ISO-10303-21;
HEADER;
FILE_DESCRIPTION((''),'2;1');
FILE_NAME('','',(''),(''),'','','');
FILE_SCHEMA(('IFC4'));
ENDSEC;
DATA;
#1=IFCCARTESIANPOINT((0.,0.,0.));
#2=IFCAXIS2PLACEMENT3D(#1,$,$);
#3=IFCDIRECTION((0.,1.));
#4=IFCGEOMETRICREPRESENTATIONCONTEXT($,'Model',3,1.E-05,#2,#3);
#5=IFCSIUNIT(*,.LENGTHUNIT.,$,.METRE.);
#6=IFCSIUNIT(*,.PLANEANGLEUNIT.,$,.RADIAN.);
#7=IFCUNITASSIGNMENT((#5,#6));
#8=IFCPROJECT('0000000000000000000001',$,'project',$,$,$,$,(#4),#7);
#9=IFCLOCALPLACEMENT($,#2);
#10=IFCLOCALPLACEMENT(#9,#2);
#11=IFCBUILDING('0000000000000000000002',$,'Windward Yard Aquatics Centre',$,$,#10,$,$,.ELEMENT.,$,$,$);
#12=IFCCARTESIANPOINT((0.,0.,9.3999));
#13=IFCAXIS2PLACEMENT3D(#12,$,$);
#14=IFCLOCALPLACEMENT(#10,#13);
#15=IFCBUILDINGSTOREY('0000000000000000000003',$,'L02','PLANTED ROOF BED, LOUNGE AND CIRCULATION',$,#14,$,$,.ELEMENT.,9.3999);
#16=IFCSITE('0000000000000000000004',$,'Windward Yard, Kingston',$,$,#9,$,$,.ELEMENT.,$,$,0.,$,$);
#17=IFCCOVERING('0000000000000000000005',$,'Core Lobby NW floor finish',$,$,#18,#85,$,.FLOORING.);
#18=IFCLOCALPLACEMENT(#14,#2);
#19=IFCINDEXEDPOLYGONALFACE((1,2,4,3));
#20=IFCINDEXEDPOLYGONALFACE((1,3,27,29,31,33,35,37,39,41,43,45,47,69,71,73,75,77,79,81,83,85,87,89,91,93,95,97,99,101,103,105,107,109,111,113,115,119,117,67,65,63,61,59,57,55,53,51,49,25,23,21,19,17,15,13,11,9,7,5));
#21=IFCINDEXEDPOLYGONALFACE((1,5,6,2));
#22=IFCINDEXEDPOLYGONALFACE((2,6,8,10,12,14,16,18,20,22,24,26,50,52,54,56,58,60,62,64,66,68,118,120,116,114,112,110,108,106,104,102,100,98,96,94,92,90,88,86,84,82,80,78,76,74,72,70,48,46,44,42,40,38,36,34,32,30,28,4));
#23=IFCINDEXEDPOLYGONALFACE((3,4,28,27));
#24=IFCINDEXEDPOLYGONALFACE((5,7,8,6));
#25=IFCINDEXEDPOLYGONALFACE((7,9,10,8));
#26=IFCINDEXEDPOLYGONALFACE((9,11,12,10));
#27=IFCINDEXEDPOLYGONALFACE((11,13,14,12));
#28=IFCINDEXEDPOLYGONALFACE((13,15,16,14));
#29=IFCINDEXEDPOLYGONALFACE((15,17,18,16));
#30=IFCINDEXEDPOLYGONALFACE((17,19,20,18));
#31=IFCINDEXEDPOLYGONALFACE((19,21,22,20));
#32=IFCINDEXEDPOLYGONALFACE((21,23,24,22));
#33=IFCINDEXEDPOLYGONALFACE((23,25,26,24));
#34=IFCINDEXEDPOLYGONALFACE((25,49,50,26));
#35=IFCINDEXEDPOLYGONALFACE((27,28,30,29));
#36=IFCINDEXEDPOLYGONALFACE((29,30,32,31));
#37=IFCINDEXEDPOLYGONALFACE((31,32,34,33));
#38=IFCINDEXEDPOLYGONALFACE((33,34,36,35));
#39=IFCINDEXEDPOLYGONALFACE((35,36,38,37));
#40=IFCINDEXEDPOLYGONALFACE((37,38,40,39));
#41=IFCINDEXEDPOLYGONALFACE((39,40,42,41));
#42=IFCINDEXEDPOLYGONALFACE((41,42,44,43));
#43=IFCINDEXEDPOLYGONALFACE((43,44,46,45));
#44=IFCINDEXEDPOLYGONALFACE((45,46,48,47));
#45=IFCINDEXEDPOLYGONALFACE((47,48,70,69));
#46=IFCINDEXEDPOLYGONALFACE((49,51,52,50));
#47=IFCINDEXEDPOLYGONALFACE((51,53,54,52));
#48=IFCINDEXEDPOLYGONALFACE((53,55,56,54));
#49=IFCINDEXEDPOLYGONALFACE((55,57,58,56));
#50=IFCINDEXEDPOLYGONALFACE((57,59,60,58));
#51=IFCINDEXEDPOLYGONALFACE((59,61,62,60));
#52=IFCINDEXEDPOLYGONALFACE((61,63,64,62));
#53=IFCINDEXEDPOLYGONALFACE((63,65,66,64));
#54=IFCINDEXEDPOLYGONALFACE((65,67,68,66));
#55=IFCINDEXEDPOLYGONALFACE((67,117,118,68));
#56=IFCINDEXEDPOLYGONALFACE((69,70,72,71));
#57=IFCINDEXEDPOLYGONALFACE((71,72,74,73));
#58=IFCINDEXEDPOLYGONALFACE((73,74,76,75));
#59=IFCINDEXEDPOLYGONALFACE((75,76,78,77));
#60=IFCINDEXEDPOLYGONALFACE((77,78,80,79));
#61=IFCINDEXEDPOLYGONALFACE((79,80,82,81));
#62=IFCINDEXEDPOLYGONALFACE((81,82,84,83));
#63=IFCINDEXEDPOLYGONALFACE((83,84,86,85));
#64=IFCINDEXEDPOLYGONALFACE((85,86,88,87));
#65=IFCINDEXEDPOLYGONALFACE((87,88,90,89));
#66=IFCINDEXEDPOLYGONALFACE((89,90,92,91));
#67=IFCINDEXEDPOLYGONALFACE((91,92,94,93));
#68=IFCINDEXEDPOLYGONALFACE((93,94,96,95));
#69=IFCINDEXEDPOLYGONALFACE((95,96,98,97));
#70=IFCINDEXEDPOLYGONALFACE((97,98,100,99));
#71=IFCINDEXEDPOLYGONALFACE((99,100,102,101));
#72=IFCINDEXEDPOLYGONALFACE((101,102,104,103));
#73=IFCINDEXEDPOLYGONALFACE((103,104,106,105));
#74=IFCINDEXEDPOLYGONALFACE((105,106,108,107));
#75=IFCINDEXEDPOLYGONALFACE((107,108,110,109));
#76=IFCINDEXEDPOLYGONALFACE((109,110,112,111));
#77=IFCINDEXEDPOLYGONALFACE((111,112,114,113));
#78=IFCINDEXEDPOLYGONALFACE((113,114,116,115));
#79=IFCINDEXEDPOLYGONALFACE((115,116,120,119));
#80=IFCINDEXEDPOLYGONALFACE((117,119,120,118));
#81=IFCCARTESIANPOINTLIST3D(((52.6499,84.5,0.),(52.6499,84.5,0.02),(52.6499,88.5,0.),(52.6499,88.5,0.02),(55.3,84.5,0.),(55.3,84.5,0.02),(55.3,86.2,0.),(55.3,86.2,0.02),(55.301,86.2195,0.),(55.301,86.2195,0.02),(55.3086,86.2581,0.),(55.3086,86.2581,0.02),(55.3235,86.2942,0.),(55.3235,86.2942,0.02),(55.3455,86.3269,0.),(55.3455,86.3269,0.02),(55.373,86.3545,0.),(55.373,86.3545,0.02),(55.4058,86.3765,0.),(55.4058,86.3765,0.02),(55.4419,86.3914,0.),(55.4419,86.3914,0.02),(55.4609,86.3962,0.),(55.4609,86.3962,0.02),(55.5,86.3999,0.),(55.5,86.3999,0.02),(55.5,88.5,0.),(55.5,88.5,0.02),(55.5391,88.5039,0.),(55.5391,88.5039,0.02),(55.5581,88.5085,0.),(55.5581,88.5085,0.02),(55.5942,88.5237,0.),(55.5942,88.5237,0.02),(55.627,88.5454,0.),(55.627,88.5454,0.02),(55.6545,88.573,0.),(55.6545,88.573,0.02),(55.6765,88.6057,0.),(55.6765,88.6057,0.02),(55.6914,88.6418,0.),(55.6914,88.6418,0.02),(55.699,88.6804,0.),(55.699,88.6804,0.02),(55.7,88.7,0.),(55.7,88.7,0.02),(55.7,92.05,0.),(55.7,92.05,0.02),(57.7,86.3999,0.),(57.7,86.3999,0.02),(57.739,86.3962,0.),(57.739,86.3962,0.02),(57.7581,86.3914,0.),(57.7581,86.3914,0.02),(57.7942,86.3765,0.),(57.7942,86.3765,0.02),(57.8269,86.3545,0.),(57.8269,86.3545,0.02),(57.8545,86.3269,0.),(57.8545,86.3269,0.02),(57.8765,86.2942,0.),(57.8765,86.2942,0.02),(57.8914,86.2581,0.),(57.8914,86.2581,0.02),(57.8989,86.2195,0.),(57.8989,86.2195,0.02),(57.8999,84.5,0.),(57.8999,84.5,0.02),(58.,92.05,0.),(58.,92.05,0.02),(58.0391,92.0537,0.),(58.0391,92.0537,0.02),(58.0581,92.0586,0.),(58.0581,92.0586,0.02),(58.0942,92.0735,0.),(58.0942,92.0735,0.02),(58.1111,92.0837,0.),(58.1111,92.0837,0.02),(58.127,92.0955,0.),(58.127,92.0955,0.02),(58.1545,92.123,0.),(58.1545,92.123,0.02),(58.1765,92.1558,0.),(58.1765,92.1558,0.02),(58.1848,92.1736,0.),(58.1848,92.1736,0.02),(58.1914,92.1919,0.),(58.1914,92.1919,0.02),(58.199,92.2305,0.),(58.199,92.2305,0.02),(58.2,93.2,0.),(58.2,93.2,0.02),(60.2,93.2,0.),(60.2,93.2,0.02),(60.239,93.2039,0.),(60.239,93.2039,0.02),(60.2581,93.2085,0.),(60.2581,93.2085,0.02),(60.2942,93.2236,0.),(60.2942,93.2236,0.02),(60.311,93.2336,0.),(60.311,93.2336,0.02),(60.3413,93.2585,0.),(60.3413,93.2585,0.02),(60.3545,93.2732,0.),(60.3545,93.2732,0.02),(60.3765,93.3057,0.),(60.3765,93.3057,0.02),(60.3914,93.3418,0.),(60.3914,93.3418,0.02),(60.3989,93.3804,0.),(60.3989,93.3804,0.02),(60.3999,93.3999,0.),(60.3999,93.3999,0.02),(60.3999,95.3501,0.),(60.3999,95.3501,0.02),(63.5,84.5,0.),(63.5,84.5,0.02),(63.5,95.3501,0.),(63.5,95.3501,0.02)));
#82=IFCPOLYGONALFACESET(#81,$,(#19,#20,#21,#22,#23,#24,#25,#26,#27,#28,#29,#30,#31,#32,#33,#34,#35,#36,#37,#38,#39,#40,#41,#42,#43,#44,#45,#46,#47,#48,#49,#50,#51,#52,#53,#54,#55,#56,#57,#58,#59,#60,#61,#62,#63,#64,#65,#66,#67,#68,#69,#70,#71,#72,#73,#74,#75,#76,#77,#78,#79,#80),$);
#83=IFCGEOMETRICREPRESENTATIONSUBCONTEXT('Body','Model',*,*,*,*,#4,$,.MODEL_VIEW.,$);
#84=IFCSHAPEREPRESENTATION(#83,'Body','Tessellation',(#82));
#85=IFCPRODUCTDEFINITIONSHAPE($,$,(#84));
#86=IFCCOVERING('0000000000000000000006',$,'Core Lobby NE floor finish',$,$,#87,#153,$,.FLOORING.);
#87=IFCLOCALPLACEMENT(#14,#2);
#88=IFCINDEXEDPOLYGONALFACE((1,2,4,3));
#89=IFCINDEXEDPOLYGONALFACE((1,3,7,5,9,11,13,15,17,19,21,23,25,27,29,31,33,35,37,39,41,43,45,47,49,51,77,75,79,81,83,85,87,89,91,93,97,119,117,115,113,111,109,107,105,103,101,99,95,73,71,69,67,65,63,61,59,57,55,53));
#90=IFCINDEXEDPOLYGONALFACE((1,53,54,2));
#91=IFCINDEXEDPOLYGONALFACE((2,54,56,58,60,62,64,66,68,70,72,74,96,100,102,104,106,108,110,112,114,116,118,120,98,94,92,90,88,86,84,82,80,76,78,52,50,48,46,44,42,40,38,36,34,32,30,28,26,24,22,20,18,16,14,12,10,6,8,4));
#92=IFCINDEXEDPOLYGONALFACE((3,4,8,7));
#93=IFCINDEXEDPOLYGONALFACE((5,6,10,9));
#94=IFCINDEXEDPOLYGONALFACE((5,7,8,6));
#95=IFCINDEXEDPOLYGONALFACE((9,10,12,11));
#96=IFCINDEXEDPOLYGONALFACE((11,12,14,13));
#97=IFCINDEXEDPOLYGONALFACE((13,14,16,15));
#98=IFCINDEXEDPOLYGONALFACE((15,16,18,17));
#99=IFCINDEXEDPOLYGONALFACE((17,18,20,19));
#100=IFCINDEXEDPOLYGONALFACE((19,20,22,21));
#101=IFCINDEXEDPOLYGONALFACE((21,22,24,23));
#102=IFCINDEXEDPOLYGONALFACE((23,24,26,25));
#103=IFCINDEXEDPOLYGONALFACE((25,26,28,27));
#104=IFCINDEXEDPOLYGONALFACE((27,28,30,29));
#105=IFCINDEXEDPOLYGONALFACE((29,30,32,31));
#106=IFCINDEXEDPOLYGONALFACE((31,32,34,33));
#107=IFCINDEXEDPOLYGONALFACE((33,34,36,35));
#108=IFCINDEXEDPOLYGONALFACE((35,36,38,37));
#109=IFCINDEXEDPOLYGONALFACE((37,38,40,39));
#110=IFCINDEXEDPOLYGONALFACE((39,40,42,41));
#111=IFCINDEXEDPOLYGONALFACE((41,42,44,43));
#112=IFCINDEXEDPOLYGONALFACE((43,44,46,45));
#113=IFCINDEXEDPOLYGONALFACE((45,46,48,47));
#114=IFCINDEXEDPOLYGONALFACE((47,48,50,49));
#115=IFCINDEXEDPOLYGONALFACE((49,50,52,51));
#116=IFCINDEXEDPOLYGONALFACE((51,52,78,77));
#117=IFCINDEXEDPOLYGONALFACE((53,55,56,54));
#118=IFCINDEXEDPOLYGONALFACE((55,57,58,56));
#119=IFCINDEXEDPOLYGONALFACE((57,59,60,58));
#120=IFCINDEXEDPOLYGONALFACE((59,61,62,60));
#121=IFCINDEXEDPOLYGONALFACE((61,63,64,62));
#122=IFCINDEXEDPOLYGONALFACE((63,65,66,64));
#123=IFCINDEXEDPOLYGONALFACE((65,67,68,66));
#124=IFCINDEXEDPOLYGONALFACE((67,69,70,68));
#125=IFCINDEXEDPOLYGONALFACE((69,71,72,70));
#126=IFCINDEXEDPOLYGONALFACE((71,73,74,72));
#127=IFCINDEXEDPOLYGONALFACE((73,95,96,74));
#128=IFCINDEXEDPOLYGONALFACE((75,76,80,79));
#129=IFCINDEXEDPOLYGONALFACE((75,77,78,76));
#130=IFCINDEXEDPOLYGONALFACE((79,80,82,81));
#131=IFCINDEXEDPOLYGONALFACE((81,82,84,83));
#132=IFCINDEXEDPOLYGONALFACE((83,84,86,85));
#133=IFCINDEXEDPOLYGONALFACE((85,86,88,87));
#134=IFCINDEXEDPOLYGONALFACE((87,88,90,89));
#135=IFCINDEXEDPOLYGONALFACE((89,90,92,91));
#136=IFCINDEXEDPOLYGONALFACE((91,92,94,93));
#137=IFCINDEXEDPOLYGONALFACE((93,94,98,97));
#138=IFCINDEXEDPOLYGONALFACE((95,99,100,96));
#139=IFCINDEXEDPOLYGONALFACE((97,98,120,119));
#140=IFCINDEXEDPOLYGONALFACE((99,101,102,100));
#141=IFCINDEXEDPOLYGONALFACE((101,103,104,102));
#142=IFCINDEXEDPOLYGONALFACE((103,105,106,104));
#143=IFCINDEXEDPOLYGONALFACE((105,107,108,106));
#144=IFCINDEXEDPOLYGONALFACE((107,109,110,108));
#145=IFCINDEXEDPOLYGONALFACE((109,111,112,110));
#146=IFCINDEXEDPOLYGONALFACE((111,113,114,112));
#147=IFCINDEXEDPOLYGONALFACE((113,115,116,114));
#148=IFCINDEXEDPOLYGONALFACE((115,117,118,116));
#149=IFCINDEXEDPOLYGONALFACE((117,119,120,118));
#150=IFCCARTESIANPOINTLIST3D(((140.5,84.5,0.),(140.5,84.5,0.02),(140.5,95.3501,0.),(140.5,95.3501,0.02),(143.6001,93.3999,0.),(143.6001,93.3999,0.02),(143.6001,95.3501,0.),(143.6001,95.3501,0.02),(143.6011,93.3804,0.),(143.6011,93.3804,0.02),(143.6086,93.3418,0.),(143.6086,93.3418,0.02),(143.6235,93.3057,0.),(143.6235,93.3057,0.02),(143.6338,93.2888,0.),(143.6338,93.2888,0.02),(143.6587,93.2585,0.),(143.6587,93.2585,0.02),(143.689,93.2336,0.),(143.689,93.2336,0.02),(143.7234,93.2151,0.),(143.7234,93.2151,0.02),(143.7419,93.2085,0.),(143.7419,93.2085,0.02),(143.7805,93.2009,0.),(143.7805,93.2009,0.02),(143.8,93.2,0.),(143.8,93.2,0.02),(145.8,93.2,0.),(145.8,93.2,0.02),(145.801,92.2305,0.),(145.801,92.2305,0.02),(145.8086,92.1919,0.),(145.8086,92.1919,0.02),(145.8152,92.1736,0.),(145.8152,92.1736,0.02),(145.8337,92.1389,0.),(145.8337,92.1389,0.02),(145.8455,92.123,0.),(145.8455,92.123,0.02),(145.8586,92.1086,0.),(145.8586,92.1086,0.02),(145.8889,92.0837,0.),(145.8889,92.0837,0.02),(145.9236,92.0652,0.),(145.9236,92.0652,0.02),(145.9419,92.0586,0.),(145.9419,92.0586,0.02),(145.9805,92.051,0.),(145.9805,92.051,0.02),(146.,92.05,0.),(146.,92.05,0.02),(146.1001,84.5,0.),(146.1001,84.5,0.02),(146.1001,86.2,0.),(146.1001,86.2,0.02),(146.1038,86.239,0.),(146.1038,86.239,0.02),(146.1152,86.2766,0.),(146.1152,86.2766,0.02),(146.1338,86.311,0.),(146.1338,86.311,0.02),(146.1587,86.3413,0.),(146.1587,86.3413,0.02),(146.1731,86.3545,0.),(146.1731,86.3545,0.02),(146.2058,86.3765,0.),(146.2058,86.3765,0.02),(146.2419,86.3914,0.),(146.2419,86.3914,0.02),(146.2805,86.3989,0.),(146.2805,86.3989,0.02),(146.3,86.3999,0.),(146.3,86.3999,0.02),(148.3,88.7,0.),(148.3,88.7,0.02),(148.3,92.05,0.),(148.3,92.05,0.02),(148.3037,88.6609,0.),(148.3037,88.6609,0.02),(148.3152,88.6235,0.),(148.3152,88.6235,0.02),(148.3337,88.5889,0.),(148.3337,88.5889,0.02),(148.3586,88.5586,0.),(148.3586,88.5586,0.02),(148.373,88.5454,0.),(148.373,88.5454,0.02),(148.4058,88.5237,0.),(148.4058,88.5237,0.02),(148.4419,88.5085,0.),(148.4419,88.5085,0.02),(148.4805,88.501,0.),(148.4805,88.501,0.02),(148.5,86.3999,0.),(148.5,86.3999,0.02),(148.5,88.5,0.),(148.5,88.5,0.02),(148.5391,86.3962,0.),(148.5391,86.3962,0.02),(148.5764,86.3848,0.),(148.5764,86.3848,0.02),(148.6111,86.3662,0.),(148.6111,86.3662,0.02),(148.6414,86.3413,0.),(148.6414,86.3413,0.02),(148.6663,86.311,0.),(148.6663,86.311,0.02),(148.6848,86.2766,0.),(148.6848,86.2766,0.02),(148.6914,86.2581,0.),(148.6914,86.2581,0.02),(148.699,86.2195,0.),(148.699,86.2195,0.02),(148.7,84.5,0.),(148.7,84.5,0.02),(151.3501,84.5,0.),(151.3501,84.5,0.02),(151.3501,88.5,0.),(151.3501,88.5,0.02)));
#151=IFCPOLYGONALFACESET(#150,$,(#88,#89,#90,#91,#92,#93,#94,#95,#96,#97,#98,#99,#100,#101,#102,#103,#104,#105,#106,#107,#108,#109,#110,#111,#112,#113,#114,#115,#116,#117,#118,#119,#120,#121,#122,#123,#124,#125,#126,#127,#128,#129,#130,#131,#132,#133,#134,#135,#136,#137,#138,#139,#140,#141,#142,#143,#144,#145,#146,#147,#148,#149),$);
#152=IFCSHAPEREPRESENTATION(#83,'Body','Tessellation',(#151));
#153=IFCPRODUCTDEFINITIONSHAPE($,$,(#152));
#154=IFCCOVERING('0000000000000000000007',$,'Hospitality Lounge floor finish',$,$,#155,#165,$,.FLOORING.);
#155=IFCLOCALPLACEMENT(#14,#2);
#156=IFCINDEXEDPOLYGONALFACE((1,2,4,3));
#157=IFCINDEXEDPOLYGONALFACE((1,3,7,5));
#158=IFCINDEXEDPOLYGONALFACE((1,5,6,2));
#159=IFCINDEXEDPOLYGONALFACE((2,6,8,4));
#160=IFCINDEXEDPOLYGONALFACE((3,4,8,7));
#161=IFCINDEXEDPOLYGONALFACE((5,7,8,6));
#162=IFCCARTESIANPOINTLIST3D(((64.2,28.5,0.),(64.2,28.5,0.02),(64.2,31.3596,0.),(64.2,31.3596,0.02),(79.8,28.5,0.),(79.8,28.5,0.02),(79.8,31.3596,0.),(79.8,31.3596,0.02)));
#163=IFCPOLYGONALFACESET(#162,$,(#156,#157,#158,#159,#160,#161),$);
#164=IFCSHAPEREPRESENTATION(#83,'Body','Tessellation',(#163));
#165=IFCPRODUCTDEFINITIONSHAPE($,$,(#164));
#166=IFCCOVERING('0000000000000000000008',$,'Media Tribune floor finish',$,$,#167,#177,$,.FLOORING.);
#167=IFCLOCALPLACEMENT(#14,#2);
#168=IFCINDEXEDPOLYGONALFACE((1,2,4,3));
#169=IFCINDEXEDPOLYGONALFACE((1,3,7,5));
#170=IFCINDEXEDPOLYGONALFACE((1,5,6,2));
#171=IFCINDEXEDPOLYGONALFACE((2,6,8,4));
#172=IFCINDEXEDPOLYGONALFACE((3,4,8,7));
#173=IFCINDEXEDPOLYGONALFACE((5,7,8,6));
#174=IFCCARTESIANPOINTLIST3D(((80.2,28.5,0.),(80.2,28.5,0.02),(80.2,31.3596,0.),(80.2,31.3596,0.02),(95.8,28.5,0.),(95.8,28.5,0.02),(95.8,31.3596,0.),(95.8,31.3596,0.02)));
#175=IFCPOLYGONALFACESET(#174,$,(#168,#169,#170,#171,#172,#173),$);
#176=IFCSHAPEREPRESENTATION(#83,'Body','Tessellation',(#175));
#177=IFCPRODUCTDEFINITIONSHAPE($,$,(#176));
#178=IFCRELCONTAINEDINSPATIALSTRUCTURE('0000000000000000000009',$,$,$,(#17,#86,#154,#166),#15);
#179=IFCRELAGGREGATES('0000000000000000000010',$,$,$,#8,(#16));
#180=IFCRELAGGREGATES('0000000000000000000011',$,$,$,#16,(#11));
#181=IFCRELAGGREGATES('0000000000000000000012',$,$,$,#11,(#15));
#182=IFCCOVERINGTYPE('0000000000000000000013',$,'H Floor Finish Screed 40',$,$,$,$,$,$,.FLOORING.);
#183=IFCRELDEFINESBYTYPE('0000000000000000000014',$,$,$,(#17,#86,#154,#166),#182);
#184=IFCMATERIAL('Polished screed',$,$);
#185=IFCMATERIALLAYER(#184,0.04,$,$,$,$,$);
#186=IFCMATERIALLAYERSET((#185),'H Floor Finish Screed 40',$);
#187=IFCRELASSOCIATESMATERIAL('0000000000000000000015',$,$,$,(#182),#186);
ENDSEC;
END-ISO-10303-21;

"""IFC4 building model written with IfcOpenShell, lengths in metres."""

from ifc_helpers import new_model, si_unit, direction, frame, origin, place, context, subcontext, project, spatial, polyline, outline, extrude, material, layer, layer_set, type_object, element, save


model = new_model("IFC4")

# Units and contexts
model_context = context("Model", 3, precision=1e-05, world=origin(), true_north=direction((0.0, 1.0)))
body_context = subcontext(model_context, "Body", "Model", "MODEL_VIEW")
ifc_project = project(units=[si_unit("LENGTHUNIT", "METRE"), si_unit("PLANEANGLEUNIT", "RADIAN")], contexts=[model_context])

# Site, building, storey
site_placement = place(None, origin())
site = spatial("IfcSite", under=ifc_project, at=site_placement, Name="Windward Yard, Kingston", CompositionType="ELEMENT", RefElevation=0.0)
building_placement = place(site_placement, origin())
building = spatial("IfcBuilding", under=site, at=building_placement, Name="Windward Yard Aquatics Centre", CompositionType="ELEMENT")
storey_placement = place(building_placement, frame((0.0, 0.0, 9.3999)))
storey = spatial("IfcBuildingStorey", under=building, at=storey_placement, Name="L02", Description="PLANTED ROOF BED, LOUNGE AND CIRCULATION", CompositionType="ELEMENT", Elevation=9.3999)

# Coverings
ifc_material_1 = material(Name="Polished screed")
ifc_layer_1 = layer(ifc_material_1, 0.04)
ifc_layer_set_1 = layer_set([ifc_layer_1], Name="H Floor Finish Screed 40")
covering_type_1 = type_object("IfcCoveringType", Name="H Floor Finish Screed 40", PredefinedType="FLOORING", material=ifc_layer_set_1)
covering_1_placement = place(storey_placement, origin())
element("IfcCovering", 1, at=covering_1_placement, inside=storey, type_object=covering_type_1, Name="Core Lobby NW floor finish", PredefinedType="FLOORING", context=body_context, shape_type="SweptSolid", body=[
    extrude(outline(polyline([(52.6499, 84.5), (52.6499, 88.5), (55.5, 88.5), (55.5391, 88.5039), (55.5581, 88.5085), (55.5942, 88.5237), (55.627, 88.5454), (55.6545, 88.573), (55.6765, 88.6057), (55.6914, 88.6418), (55.699, 88.6804), (55.7, 88.7), (55.7, 92.05), (58.0, 92.05), (58.0391, 92.0537), (58.0581, 92.0586), (58.0942, 92.0735), (58.1111, 92.0837), (58.127, 92.0955), (58.1545, 92.123), (58.1765, 92.1558), (58.1848, 92.1736), (58.1914, 92.1919), (58.199, 92.2305), (58.2, 93.2), (60.2, 93.2), (60.239, 93.2039), (60.2581, 93.2085), (60.2942, 93.2236), (60.311, 93.2336), (60.3413, 93.2585), (60.3545, 93.2732), (60.3765, 93.3057), (60.3914, 93.3418), (60.3989, 93.3804), (60.3999, 93.3999), (60.3999, 95.3501), (63.5, 95.3501), (63.5, 84.5), (57.8999, 84.5), (57.8989, 86.2195), (57.8914, 86.2581), (57.8765, 86.2942), (57.8545, 86.3269), (57.8269, 86.3545), (57.7942, 86.3765), (57.7581, 86.3914), (57.739, 86.3962), (57.7, 86.3999), (55.5, 86.3999), (55.4609, 86.3962), (55.4419, 86.3914), (55.4058, 86.3765), (55.373, 86.3545), (55.3455, 86.3269), (55.3235, 86.2942), (55.3086, 86.2581), (55.301, 86.2195), (55.3, 86.2), (55.3, 84.5), (52.6499, 84.5)])), origin(), (0.0, 0.0, 1.0), 0.02),
])
covering_2_placement = place(storey_placement, origin())
element("IfcCovering", 2, at=covering_2_placement, inside=storey, type_object=covering_type_1, Name="Core Lobby NE floor finish", PredefinedType="FLOORING", context=body_context, shape_type="SweptSolid", body=[
    extrude(outline(polyline([(140.5, 84.5), (140.5, 95.3501), (143.6001, 95.3501), (143.6001, 93.3999), (143.6011, 93.3804), (143.6086, 93.3418), (143.6235, 93.3057), (143.6338, 93.2888), (143.6587, 93.2585), (143.689, 93.2336), (143.7234, 93.2151), (143.7419, 93.2085), (143.7805, 93.2009), (143.8, 93.2), (145.8, 93.2), (145.801, 92.2305), (145.8086, 92.1919), (145.8152, 92.1736), (145.8337, 92.1389), (145.8455, 92.123), (145.8586, 92.1086), (145.8889, 92.0837), (145.9236, 92.0652), (145.9419, 92.0586), (145.9805, 92.051), (146.0, 92.05), (148.3, 92.05), (148.3, 88.7), (148.3037, 88.6609), (148.3152, 88.6235), (148.3337, 88.5889), (148.3586, 88.5586), (148.373, 88.5454), (148.4058, 88.5237), (148.4419, 88.5085), (148.4805, 88.501), (148.5, 88.5), (151.3501, 88.5), (151.3501, 84.5), (148.7, 84.5), (148.699, 86.2195), (148.6914, 86.2581), (148.6848, 86.2766), (148.6663, 86.311), (148.6414, 86.3413), (148.6111, 86.3662), (148.5764, 86.3848), (148.5391, 86.3962), (148.5, 86.3999), (146.3, 86.3999), (146.2805, 86.3989), (146.2419, 86.3914), (146.2058, 86.3765), (146.1731, 86.3545), (146.1587, 86.3413), (146.1338, 86.311), (146.1152, 86.2766), (146.1038, 86.239), (146.1001, 86.2), (146.1001, 84.5), (140.5, 84.5)])), origin(), (0.0, 0.0, 1.0), 0.02),
])
covering_3_placement = place(storey_placement, origin())
element("IfcCovering", 3, at=covering_3_placement, inside=storey, type_object=covering_type_1, Name="Hospitality Lounge floor finish", PredefinedType="FLOORING", context=body_context, shape_type="SweptSolid", body=[
    extrude(outline(polyline([(64.2, 28.5), (64.2, 31.3596), (79.8, 31.3596), (79.8, 28.5), (64.2, 28.5)])), origin(), (0.0, 0.0, 1.0), 0.02),
])
covering_4_placement = place(storey_placement, origin())
element("IfcCovering", 4, at=covering_4_placement, inside=storey, type_object=covering_type_1, Name="Media Tribune floor finish", PredefinedType="FLOORING", context=body_context, shape_type="SweptSolid", body=[
    extrude(outline(polyline([(80.2, 28.5), (80.2, 31.3596), (95.8, 31.3596), (95.8, 28.5), (80.2, 28.5)])), origin(), (0.0, 0.0, 1.0), 0.02),
])

save(model, "model.ifc")
